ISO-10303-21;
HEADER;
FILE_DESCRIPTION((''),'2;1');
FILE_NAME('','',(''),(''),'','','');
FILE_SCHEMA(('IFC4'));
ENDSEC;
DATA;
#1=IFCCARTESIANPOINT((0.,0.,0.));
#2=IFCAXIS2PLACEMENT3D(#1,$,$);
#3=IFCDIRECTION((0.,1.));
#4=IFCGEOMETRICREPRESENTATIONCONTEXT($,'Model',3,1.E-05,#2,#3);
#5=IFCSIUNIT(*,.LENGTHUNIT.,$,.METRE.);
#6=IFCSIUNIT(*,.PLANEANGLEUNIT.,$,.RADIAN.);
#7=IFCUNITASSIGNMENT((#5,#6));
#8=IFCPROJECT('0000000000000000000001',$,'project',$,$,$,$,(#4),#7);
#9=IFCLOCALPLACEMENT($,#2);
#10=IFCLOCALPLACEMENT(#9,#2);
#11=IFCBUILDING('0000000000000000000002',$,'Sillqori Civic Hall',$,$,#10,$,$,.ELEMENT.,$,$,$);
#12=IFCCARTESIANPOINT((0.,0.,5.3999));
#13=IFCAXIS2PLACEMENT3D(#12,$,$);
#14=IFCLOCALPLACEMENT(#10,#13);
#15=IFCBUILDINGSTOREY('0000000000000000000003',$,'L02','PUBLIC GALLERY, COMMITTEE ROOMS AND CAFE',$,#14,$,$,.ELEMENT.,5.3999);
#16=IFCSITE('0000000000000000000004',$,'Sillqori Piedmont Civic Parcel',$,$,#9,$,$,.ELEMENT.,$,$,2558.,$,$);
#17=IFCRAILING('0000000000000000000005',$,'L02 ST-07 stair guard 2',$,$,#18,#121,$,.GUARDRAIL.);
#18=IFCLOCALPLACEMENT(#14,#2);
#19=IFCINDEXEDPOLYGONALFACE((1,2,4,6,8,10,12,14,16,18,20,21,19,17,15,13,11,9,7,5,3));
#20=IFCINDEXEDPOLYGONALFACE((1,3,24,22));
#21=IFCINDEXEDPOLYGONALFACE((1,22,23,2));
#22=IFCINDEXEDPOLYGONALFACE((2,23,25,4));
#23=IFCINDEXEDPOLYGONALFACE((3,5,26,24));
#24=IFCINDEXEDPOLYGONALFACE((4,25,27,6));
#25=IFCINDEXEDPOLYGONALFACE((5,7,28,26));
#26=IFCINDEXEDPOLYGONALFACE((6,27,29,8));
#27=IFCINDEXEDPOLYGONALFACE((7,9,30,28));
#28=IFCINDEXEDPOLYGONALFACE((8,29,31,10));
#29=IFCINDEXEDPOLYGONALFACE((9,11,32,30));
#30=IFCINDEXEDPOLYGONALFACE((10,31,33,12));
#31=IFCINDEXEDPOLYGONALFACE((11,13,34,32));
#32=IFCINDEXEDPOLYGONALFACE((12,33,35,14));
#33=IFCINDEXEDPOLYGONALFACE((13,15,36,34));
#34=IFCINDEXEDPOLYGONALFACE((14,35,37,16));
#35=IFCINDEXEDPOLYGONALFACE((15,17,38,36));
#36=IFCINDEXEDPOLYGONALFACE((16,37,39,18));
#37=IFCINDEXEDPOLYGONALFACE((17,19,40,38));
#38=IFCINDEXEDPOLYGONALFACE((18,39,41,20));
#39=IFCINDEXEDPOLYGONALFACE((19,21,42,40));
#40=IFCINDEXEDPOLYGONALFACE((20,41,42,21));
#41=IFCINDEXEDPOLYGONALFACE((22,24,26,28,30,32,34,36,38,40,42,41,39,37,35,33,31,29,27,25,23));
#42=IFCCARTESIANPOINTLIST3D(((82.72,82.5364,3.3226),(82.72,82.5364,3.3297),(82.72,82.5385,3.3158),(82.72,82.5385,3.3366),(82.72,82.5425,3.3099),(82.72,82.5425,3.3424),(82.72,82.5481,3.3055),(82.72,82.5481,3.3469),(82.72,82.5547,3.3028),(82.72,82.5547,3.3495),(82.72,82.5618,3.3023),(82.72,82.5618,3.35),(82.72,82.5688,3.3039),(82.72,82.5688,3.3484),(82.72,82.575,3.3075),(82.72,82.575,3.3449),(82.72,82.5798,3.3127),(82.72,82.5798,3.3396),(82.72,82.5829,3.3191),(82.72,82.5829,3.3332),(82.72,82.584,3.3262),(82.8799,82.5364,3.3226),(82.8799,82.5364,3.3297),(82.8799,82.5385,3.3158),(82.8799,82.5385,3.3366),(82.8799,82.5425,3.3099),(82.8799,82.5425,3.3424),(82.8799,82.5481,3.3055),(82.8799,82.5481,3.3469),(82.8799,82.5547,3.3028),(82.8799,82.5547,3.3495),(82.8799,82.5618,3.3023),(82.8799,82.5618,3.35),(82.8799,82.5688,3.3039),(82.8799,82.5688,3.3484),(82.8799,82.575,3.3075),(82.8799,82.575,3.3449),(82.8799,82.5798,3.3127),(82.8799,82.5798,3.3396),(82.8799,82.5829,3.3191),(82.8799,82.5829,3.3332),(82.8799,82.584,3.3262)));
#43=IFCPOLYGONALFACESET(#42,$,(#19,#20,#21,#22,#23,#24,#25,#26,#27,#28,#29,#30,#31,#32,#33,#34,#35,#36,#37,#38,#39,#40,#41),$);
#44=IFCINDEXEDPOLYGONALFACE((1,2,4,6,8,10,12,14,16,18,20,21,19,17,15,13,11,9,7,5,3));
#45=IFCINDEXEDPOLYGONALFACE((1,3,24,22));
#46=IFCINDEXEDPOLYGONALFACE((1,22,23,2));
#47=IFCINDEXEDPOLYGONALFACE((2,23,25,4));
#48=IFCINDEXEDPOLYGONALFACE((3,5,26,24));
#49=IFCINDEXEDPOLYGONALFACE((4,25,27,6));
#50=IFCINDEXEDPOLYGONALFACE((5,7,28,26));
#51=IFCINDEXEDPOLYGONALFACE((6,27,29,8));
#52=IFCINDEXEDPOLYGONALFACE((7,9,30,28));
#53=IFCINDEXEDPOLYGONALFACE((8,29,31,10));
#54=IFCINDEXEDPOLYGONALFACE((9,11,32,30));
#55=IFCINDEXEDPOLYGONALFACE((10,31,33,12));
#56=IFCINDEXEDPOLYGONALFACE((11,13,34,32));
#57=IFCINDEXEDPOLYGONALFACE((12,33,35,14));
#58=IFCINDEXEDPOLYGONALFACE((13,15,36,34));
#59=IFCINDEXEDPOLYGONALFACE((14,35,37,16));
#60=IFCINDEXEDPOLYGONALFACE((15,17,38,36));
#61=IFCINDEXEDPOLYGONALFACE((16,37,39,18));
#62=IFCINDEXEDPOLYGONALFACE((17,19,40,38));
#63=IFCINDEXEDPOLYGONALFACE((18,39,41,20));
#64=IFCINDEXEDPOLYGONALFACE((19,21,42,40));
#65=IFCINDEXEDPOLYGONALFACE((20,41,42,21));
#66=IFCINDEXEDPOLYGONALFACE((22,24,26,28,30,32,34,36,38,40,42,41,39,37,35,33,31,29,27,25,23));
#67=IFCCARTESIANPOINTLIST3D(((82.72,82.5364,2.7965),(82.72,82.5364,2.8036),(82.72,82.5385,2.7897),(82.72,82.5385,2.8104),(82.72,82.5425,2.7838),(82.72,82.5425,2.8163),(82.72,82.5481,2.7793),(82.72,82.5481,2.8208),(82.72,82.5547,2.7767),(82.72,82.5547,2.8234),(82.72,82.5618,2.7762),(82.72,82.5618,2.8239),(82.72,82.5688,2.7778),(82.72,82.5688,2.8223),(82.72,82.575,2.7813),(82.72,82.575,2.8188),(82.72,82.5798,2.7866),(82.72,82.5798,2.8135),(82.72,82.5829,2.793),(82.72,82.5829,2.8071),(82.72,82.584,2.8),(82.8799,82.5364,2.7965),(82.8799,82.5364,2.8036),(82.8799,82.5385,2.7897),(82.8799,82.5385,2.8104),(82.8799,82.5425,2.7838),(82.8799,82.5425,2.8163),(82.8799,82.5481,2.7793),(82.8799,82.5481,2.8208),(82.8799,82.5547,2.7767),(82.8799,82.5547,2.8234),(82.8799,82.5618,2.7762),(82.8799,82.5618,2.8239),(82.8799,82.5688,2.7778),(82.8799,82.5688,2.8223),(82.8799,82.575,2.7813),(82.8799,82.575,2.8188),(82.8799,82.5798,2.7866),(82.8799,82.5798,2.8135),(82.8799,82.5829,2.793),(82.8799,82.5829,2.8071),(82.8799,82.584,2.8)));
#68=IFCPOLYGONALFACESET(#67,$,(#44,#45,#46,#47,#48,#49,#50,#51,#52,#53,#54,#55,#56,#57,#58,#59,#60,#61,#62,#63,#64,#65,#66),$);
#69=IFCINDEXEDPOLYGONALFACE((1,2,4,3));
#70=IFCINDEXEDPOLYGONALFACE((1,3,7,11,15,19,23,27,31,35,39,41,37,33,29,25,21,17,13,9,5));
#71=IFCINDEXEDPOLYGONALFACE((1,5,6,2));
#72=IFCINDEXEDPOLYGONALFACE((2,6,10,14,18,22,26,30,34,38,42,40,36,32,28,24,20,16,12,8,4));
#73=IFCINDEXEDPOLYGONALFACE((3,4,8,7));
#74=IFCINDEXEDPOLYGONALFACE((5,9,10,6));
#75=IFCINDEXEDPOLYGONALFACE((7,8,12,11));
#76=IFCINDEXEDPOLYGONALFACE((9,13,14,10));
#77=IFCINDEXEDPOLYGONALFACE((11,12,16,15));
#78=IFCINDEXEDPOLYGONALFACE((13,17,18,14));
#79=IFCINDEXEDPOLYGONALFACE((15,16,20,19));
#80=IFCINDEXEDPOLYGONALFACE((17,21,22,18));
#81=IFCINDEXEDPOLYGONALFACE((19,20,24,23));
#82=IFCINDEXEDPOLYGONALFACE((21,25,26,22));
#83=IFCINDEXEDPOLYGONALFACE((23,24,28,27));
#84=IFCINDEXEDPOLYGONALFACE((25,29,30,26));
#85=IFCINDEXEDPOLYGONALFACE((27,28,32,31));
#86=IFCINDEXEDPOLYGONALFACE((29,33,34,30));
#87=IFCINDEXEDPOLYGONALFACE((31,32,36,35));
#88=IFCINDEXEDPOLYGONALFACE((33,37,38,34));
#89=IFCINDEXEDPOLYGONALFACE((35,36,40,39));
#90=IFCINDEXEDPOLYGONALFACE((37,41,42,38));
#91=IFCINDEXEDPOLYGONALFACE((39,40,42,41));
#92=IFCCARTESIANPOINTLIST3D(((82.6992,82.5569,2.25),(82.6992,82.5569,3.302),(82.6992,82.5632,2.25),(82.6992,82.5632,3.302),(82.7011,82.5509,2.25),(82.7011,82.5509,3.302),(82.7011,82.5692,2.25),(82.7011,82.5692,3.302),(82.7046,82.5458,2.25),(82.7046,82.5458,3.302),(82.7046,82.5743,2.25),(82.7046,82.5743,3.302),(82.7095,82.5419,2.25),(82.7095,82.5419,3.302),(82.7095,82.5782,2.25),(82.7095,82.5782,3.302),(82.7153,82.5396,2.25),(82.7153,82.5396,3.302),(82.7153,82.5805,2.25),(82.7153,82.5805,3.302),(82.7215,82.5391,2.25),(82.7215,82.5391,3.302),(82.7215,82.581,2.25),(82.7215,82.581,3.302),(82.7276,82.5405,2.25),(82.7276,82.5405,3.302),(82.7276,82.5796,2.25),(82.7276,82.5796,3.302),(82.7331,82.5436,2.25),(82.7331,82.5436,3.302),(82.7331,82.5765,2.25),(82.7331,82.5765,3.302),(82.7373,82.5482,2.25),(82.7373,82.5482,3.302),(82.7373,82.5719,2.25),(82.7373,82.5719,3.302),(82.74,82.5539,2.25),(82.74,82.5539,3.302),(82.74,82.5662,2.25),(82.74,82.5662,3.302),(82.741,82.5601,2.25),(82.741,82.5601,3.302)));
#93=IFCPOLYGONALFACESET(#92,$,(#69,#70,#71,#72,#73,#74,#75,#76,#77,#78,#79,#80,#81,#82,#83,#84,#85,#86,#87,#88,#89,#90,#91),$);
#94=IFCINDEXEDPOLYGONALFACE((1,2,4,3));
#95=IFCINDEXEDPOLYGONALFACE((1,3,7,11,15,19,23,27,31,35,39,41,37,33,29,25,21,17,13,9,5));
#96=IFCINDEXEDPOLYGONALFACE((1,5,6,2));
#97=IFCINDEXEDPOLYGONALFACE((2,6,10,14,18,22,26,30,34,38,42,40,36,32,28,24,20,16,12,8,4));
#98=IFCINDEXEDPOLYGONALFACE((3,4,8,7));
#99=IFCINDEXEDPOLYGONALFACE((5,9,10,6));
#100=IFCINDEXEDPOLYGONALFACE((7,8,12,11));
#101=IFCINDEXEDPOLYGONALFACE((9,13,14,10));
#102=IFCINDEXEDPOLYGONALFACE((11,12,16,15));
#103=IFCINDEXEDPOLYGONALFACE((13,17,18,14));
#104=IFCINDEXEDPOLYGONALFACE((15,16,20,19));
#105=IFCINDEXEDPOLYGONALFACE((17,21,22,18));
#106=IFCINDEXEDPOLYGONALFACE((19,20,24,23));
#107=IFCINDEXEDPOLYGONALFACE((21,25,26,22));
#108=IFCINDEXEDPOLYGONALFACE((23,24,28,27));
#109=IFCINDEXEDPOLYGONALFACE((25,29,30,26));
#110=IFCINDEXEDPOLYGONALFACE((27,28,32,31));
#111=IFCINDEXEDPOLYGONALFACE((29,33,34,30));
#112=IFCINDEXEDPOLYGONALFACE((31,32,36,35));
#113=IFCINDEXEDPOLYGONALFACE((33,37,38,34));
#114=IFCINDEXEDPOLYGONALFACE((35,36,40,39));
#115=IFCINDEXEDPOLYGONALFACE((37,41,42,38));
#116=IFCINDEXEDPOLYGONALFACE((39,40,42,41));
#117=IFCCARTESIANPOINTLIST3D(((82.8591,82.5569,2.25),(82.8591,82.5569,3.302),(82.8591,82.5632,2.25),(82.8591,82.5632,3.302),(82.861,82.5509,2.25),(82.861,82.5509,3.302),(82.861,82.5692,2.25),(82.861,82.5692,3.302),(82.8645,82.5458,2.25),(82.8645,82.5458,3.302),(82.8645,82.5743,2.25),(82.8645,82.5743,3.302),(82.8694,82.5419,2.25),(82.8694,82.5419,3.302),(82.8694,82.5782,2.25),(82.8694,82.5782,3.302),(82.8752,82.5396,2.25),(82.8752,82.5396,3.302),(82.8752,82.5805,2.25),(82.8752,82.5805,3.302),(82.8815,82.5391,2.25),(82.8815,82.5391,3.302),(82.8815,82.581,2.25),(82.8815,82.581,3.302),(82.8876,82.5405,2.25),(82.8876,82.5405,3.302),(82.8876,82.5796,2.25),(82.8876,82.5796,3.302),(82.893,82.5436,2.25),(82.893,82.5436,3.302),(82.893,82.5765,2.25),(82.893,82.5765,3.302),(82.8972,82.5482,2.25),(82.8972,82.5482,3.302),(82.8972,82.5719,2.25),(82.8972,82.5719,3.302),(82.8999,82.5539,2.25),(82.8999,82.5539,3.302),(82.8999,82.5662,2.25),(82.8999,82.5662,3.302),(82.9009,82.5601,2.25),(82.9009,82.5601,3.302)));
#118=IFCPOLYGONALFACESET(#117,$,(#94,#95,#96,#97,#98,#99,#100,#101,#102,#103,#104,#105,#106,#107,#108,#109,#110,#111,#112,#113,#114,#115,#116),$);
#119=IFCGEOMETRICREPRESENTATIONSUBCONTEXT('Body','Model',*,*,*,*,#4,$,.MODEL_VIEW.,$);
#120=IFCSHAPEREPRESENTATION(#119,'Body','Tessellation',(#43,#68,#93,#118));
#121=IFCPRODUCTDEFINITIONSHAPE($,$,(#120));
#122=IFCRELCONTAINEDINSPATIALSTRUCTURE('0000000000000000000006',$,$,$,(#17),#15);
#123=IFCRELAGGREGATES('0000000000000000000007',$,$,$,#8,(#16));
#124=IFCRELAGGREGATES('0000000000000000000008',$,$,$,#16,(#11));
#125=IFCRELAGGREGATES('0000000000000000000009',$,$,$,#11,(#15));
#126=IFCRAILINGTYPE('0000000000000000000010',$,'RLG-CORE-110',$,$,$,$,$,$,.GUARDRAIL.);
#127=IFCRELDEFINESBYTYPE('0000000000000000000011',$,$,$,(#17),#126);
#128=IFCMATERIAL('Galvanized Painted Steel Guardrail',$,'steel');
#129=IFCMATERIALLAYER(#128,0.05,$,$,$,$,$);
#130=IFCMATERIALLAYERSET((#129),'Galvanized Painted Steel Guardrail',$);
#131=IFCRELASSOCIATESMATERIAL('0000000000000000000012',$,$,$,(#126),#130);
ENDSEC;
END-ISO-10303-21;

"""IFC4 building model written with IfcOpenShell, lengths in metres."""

from ifc_helpers import new_model, si_unit, direction, frame, origin, origin_2d, place, context, subcontext, project, spatial, circle, extrude, material, layer, layer_set, type_object, element, save


model = new_model("IFC4")

# Units and contexts
model_context = context("Model", 3, precision=1e-05, world=origin(), true_north=direction((0.0, 1.0)))
body_context = subcontext(model_context, "Body", "Model", "MODEL_VIEW")
ifc_project = project(units=[si_unit("LENGTHUNIT", "METRE"), si_unit("PLANEANGLEUNIT", "RADIAN")], contexts=[model_context])

# Site, building, storey
site_placement = place(None, origin())
site = spatial("IfcSite", under=ifc_project, at=site_placement, Name="Sillqori Piedmont Civic Parcel", CompositionType="ELEMENT", RefElevation=2558.0)
building_placement = place(site_placement, origin())
building = spatial("IfcBuilding", under=site, at=building_placement, Name="Sillqori Civic Hall", CompositionType="ELEMENT")
storey_placement = place(building_placement, frame((0.0, 0.0, 5.3999)))
storey = spatial("IfcBuildingStorey", under=building, at=storey_placement, Name="L02", Description="PUBLIC GALLERY, COMMITTEE ROOMS AND CAFE", CompositionType="ELEMENT", Elevation=5.3999)

# Railing
ifc_material_1 = material(Name="Galvanized Painted Steel Guardrail", Category="steel")
ifc_layer_1 = layer(ifc_material_1, 0.05)
ifc_layer_set_1 = layer_set([ifc_layer_1], Name="Galvanized Painted Steel Guardrail")
railing_type_1 = type_object("IfcRailingType", Name="RLG-CORE-110", PredefinedType="GUARDRAIL", material=ifc_layer_set_1)
railing_1_placement = place(storey_placement, frame((82.72, 82.5601, 2.25)))
element("IfcRailing", 1, at=railing_1_placement, inside=storey, type_object=railing_type_1, Name="L02 ST-07 stair guard 2", PredefinedType="GUARDRAIL", context=body_context, shape_type="SweptSolid", body=[
    extrude(circle(Radius=0.0239, at=origin_2d()), frame((0.0, 0.0, 1.0762), z_axis=(1.0, 0.0, 0.0), x_axis=(0.0, 1.0, 0.0)), (0.0, 0.0, 1.0), 0.1599),
    extrude(circle(Radius=0.0239, at=origin_2d()), frame((0.0, 0.0, 0.55), z_axis=(1.0, 0.0, 0.0), x_axis=(0.0, 1.0, 0.0)), (0.0, 0.0, 1.0), 0.1599),
    extrude(circle(Radius=0.021, at=origin_2d()), origin(), (0.0, 0.0, 1.0), 1.052),
    extrude(circle(Radius=0.021, at=origin_2d()), frame((0.1599, 0.0, 0.0)), (0.0, 0.0, 1.0), 1.052),
])

save(model, "model.ifc")
